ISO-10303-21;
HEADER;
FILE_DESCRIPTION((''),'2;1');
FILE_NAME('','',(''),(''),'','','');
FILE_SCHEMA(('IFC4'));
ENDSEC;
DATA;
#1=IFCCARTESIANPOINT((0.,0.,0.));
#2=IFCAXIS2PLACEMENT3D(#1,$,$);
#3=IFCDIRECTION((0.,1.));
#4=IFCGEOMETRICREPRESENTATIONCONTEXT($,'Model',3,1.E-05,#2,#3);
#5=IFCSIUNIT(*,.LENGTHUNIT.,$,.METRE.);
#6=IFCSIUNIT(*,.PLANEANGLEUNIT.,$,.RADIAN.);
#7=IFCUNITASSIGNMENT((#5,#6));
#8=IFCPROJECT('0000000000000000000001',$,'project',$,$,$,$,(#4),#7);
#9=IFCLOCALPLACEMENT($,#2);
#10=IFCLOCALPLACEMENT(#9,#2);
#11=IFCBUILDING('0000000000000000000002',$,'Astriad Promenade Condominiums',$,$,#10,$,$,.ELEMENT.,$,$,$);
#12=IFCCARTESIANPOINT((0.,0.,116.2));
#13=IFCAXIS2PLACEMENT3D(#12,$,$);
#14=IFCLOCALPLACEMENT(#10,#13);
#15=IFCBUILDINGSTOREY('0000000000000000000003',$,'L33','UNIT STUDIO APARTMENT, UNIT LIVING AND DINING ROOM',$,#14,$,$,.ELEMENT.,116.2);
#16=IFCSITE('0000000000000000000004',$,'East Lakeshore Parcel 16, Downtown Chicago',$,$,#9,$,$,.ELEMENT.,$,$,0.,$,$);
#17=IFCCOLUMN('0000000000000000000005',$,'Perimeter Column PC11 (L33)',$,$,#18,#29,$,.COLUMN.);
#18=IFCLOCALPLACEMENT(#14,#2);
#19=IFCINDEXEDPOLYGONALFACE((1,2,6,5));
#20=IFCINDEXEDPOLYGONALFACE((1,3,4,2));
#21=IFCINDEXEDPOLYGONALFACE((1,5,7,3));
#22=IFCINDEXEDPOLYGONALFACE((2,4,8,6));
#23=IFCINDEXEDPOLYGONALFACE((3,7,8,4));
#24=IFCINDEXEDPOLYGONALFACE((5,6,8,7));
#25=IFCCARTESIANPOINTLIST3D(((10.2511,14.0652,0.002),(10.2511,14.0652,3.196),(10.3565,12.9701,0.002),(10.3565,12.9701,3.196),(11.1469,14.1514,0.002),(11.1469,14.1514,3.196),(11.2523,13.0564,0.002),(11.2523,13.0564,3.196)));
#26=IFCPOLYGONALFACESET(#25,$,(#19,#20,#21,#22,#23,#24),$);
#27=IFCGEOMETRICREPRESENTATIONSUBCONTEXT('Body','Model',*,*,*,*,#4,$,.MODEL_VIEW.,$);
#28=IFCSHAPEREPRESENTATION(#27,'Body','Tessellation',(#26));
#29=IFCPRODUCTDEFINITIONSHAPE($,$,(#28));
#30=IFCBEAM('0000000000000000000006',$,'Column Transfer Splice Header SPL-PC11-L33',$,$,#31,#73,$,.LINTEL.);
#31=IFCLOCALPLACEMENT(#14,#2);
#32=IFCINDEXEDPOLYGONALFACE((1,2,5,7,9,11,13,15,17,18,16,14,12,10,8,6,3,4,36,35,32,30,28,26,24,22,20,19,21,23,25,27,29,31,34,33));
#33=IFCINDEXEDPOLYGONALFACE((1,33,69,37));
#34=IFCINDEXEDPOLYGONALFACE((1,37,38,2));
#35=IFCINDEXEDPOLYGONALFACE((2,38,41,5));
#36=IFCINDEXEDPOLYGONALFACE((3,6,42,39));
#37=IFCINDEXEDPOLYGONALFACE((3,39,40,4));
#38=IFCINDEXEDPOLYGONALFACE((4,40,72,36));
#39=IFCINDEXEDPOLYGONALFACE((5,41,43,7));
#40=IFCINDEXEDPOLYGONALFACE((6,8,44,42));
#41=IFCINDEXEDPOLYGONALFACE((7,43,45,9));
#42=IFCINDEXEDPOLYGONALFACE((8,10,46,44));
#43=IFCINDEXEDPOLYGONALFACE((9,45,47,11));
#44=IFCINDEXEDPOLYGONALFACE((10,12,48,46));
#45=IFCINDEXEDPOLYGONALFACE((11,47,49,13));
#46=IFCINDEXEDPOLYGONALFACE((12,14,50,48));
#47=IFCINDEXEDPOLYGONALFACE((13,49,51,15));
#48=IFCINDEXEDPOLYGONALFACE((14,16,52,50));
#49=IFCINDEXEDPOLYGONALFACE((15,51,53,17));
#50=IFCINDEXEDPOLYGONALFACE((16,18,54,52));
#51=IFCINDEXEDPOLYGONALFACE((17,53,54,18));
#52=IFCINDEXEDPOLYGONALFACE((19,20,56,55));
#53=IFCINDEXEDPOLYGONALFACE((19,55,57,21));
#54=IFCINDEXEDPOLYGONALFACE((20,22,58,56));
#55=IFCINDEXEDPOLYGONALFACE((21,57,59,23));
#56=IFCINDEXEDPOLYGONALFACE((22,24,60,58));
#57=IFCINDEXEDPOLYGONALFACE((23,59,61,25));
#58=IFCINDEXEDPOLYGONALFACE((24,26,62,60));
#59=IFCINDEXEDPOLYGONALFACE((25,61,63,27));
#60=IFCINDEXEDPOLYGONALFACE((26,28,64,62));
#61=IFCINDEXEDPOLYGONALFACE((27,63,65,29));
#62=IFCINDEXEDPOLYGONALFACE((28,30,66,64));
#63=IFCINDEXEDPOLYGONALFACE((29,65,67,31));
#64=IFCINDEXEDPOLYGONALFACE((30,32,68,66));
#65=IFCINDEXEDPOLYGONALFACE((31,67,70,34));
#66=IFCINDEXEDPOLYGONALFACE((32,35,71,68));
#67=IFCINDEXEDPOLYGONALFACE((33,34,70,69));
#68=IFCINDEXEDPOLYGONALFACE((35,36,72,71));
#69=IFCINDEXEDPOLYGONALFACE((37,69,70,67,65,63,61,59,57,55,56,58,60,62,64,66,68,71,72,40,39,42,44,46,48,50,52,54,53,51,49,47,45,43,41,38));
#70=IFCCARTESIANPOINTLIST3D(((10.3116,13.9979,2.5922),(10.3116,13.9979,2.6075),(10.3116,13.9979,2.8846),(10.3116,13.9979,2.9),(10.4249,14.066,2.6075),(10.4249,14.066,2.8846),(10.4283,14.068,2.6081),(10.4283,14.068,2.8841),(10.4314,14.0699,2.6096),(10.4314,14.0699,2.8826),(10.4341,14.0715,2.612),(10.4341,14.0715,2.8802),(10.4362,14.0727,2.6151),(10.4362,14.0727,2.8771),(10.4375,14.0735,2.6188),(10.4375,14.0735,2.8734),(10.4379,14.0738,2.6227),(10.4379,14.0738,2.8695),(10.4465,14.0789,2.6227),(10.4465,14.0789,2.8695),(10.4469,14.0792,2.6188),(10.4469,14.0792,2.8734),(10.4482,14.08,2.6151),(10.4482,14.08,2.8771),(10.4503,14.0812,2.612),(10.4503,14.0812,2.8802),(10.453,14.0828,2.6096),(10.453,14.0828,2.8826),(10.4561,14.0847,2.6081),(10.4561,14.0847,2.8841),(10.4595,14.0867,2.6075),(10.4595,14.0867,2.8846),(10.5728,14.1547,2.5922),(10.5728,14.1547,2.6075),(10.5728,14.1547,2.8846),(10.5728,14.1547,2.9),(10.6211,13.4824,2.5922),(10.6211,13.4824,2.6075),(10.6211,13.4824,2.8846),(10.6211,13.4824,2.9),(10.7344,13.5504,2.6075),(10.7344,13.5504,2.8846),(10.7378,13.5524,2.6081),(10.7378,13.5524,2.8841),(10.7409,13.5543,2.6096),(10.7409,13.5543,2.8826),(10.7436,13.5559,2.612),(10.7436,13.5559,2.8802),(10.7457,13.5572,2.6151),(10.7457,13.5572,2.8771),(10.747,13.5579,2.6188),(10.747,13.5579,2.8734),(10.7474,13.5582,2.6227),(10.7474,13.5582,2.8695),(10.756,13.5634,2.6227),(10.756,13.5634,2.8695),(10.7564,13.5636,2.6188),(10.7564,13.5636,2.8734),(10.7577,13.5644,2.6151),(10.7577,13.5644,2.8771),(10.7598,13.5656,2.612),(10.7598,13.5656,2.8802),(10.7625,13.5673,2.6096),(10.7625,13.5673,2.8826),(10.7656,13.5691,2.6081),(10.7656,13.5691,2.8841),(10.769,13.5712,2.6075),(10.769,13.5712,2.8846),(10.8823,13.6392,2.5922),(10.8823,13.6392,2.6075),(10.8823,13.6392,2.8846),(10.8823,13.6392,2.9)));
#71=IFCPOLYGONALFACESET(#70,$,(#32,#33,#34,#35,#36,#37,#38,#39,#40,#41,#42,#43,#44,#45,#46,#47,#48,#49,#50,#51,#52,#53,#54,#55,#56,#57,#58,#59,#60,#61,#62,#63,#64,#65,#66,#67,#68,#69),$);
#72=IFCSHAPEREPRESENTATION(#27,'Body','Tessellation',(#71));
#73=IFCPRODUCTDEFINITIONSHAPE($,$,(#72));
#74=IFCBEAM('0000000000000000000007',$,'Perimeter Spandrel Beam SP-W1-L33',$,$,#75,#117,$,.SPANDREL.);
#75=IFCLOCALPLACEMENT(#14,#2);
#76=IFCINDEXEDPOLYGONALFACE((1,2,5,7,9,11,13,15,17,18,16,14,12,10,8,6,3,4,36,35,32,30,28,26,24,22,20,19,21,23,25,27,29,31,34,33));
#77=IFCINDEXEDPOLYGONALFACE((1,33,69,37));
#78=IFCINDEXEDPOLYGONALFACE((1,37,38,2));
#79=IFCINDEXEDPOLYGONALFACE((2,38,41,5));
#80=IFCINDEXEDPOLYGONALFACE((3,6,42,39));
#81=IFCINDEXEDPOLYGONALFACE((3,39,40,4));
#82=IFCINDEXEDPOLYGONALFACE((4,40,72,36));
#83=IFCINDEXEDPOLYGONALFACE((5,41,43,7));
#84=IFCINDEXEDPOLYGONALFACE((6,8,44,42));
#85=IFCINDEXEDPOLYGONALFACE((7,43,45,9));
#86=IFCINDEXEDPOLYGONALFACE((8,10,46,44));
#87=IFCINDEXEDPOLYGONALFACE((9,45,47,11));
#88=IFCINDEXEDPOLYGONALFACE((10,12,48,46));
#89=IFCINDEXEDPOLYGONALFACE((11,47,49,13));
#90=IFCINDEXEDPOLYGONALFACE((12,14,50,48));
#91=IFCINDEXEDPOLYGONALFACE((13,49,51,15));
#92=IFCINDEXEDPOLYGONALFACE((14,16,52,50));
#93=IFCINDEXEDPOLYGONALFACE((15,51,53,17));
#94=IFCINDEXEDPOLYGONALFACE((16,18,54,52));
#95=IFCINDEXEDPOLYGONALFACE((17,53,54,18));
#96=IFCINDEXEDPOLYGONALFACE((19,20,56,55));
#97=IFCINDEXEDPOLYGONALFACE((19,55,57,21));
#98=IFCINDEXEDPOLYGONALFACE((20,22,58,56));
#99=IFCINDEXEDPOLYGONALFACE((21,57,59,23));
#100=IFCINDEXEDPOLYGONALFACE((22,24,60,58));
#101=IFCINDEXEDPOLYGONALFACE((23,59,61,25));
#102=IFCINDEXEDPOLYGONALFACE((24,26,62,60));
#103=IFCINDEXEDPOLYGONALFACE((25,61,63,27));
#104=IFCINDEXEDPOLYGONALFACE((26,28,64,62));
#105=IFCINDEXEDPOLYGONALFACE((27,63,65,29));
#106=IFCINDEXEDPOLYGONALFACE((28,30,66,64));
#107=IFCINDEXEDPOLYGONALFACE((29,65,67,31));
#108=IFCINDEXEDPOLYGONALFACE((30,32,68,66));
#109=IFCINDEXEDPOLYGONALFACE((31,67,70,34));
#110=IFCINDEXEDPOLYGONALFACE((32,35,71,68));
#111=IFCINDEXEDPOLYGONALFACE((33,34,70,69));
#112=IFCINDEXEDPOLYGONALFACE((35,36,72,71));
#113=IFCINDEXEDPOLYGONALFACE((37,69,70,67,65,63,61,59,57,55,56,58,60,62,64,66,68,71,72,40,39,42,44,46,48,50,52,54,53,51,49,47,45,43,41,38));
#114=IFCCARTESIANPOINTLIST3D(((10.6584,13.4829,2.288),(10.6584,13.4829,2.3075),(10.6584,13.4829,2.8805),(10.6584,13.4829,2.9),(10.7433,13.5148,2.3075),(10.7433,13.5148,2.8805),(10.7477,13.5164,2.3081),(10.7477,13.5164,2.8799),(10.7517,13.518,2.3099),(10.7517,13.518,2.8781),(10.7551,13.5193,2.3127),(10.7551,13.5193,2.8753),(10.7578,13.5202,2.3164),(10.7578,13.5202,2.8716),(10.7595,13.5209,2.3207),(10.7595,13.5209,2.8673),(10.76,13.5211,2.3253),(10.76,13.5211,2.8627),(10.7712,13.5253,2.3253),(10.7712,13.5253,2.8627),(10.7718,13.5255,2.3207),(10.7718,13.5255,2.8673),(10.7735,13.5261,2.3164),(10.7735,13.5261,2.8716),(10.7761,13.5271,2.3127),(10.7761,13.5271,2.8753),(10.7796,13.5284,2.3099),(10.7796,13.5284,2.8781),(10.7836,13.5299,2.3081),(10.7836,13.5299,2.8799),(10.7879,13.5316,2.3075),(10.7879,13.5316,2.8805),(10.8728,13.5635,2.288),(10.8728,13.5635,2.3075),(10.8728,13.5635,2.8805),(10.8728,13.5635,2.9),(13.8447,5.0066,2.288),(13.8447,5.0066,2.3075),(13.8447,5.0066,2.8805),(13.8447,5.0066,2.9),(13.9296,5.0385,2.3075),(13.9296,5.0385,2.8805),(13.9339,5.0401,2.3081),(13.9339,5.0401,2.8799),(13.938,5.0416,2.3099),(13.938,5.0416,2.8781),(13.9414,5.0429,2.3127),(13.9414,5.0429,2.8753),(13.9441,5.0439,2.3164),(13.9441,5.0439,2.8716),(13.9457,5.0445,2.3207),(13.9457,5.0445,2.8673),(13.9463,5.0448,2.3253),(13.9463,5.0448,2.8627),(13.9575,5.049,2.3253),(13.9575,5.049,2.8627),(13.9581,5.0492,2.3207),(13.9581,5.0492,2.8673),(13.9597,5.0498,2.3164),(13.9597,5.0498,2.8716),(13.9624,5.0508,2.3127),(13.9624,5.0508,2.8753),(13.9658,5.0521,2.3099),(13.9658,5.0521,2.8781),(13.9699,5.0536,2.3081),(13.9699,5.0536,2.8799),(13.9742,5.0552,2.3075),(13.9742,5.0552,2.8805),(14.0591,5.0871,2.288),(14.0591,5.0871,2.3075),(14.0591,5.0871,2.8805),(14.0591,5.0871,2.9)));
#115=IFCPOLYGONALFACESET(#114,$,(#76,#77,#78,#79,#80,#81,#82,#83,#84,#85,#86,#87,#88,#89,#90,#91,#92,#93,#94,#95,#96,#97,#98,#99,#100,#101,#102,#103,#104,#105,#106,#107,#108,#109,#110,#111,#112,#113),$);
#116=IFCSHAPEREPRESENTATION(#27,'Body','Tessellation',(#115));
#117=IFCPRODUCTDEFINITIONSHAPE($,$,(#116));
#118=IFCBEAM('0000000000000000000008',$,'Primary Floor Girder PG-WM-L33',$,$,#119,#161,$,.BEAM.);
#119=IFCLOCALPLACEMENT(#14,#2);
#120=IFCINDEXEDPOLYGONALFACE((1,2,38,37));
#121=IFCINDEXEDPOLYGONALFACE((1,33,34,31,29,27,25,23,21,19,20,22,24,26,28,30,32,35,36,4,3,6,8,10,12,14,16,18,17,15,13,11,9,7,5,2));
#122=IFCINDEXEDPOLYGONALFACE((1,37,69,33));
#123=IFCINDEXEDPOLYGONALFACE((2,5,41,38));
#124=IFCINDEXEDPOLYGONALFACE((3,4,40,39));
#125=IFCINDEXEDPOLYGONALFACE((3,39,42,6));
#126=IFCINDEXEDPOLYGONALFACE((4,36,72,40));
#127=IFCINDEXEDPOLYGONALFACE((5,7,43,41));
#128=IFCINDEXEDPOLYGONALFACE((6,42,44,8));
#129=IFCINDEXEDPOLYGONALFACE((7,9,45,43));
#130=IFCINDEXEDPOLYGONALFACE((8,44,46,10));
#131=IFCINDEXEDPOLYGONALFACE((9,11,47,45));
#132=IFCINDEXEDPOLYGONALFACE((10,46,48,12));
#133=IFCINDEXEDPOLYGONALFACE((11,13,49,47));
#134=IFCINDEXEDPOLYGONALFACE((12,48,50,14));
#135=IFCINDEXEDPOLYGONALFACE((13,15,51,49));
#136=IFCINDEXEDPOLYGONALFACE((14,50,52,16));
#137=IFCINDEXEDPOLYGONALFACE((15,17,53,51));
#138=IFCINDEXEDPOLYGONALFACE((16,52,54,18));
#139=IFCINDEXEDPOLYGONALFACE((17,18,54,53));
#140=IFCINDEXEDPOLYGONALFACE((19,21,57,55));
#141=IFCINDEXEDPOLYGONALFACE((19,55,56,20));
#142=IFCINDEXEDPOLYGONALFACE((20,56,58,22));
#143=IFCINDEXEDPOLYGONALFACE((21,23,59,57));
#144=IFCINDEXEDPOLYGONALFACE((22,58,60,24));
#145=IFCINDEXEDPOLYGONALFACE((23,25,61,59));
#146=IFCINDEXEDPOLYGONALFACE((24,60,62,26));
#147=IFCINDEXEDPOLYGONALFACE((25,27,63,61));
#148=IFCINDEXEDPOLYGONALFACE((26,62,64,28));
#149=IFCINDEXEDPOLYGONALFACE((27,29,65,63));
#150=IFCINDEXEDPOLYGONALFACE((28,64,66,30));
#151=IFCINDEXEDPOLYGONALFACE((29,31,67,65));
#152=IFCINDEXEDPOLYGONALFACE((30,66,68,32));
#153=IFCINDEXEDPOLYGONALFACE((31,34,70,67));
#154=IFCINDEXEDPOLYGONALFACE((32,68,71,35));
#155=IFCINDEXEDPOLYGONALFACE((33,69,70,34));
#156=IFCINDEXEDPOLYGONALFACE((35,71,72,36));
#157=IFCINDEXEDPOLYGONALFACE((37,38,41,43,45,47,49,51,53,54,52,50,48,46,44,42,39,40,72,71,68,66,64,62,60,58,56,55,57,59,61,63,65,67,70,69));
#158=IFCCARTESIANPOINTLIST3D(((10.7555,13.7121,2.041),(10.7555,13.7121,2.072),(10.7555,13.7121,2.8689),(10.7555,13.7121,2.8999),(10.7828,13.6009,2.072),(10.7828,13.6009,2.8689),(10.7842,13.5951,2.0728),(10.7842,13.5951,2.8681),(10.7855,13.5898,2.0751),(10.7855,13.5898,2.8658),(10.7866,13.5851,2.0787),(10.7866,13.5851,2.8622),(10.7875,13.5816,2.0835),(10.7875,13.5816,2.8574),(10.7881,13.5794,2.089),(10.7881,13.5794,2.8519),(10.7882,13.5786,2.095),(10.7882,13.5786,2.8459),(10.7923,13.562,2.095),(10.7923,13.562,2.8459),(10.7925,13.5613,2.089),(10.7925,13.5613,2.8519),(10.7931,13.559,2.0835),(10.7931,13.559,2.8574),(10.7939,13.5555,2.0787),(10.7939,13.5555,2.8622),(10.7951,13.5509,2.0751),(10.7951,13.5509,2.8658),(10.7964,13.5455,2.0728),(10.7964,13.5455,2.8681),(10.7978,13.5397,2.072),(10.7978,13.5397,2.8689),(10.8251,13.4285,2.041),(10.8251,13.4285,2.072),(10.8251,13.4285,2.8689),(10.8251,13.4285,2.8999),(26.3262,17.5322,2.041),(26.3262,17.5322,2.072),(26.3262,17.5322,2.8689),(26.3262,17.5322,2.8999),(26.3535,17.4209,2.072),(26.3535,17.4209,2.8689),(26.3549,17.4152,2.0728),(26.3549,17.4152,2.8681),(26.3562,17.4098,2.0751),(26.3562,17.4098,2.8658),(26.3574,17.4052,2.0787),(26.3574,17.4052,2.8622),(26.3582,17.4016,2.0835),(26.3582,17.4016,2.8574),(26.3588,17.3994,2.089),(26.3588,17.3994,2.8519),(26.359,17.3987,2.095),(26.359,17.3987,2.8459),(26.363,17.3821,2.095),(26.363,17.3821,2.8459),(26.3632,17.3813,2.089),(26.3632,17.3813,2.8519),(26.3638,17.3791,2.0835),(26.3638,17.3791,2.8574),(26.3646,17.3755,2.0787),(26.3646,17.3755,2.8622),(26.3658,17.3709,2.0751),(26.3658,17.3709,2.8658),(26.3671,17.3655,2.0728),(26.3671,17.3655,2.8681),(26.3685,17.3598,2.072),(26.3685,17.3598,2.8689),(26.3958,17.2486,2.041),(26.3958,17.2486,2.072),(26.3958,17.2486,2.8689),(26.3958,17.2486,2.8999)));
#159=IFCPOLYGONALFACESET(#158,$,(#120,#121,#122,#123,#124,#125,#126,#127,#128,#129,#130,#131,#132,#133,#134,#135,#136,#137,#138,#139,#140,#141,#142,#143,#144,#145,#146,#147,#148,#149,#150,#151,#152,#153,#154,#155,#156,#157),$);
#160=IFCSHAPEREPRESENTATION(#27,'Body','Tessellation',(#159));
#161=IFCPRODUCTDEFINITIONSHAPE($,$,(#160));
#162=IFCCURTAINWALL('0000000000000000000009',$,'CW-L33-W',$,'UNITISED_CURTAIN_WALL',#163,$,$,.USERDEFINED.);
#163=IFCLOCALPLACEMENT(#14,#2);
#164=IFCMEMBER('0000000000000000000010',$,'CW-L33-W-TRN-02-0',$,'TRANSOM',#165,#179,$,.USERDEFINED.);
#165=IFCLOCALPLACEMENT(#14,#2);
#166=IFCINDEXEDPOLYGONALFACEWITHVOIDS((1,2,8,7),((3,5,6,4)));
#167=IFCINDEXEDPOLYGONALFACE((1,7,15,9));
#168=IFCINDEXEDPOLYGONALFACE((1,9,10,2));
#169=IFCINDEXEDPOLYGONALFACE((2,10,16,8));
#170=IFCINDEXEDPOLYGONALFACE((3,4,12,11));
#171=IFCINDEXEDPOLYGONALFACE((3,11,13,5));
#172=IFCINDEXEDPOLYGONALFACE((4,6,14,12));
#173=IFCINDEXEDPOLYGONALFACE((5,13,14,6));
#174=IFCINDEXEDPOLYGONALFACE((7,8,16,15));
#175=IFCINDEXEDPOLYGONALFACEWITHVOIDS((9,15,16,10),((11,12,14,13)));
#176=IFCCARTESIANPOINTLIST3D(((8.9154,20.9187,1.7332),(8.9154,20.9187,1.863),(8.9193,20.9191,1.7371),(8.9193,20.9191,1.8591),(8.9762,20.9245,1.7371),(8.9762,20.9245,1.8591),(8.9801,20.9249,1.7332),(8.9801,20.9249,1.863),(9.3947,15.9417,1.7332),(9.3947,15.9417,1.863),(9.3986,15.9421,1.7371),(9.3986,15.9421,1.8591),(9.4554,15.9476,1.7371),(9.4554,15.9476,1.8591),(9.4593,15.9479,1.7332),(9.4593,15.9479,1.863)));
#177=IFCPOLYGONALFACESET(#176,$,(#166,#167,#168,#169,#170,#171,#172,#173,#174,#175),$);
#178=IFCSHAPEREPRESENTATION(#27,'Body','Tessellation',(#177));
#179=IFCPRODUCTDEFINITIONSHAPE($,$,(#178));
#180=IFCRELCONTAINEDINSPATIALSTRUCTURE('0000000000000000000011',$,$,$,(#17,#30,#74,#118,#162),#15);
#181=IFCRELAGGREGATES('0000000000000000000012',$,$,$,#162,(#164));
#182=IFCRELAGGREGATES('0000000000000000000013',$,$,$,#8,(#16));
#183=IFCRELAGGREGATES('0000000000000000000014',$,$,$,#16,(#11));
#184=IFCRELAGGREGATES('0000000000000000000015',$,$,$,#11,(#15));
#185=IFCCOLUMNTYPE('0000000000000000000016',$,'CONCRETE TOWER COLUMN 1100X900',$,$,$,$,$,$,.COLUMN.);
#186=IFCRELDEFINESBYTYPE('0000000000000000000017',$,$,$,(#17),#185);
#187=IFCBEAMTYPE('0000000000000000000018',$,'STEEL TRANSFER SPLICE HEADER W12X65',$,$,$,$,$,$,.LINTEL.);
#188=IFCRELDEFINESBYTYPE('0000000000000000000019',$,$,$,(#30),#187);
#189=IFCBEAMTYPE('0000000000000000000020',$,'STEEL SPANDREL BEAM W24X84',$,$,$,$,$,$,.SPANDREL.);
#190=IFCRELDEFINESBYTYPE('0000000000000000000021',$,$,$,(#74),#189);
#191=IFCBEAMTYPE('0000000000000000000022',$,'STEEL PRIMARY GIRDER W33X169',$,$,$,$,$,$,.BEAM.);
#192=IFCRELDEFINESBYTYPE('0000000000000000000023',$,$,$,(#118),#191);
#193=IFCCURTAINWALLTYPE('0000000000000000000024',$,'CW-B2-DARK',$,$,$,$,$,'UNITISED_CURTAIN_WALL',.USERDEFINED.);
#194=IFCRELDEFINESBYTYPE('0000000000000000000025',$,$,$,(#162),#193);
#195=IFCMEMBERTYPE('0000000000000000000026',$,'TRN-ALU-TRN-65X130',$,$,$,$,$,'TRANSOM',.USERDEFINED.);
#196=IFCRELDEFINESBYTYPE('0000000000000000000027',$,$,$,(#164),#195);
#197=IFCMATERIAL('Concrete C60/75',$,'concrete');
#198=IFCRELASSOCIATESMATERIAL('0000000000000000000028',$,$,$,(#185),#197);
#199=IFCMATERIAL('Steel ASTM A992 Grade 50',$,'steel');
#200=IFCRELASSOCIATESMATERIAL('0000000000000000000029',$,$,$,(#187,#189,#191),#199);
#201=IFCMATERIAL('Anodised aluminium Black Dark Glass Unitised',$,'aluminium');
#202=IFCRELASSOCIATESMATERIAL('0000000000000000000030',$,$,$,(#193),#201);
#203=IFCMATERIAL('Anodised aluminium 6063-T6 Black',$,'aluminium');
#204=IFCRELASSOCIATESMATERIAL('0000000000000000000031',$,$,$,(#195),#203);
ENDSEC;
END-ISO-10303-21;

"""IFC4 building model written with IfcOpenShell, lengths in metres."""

from ifc_helpers import new_model, si_unit, direction, frame, origin, origin_2d, place, context, subcontext, project, spatial, rectangle, hollow_rectangle, i_section, extrude, source, transform, mapped, material, material_profile, profile_set, type_object, type_shapes, element, aggregate, save


model = new_model("IFC4")

# Units and contexts
model_context = context("Model", 3, precision=1e-05, world=origin(), true_north=direction((0.0, 1.0)))
body_context = subcontext(model_context, "Body", "Model", "MODEL_VIEW")
ifc_project = project(units=[si_unit("LENGTHUNIT", "METRE"), si_unit("PLANEANGLEUNIT", "RADIAN")], contexts=[model_context])

# Site, building, storey
site_placement = place(None, origin())
site = spatial("IfcSite", under=ifc_project, at=site_placement, Name="East Lakeshore Parcel 16, Downtown Chicago", CompositionType="ELEMENT", RefElevation=0.0)
building_placement = place(site_placement, origin())
building = spatial("IfcBuilding", under=site, at=building_placement, Name="Astriad Promenade Condominiums", CompositionType="ELEMENT")
storey_placement = place(building_placement, frame((0.0, 0.0, 116.2)))
storey = spatial("IfcBuildingStorey", under=building, at=storey_placement, Name="L33", Description="UNIT STUDIO APARTMENT, UNIT LIVING AND DINING ROOM", CompositionType="ELEMENT", Elevation=116.2)

# Column
ifc_material_1 = material(Name="Concrete C60/75", Category="concrete")
ifc_material_profile_1 = material_profile(ifc_material_1, rectangle(XDim=0.8999, YDim=1.1001, at=origin_2d()), Name="RC-COL-1100X900")
ifc_profile_set_1 = profile_set([ifc_material_profile_1], Name="Concrete C60/75")
column_type = type_object("IfcColumnType", Name="CONCRETE TOWER COLUMN 1100X900", PredefinedType="COLUMN", material=ifc_profile_set_1)
shared_shape_1 = source(origin(), body_context, "Body", "SweptSolid", [
    extrude(rectangle(XDim=0.8999, YDim=1.1001, at=origin_2d()), origin(), (0.0, 0.0, 1.0), 3.1941),
])
type_shapes(column_type, [shared_shape_1])
column_placement = place(storey_placement, frame((10.7517, 13.5608, 0.002), z_axis=(0.0, 0.0, 1.0), x_axis=(0.995396, 0.095846, 0.0)))
element("IfcColumn", 1, at=column_placement, inside=storey, type_object=column_type, Name="Perimeter Column PC11 (L33)", PredefinedType="COLUMN", context=body_context, shape_type="MappedRepresentation", body=[
    mapped(shared_shape_1, transform((0.0, 0.0, 0.0), scale=1.0)),
])

# Beams
ifc_material_2 = material(Name="Steel ASTM A992 Grade 50", Category="steel")
ifc_material_profile_2 = material_profile(ifc_material_2, i_section(OverallWidth=0.3047, OverallDepth=0.3079, WebThickness=0.01, FlangeThickness=0.0154, FilletRadius=0.0151, at=origin_2d()), Name="W12X65")
ifc_profile_set_2 = profile_set([ifc_material_profile_2], Name="Steel ASTM A992 Grade 50")
beam_type_1 = type_object("IfcBeamType", Name="STEEL TRANSFER SPLICE HEADER W12X65", PredefinedType="LINTEL", material=ifc_profile_set_2)
shared_shape_2 = source(origin(), body_context, "Body", "SweptSolid", [
    extrude(i_section(OverallWidth=0.3047, OverallDepth=0.3079, WebThickness=0.01, FlangeThickness=0.0154, FilletRadius=0.0151, at=origin_2d()), origin(), (0.0, 0.0, 1.0), 0.6013),
])
type_shapes(beam_type_1, [shared_shape_2])
beam_1_placement = place(storey_placement, frame((10.7517, 13.5608, 2.7461), z_axis=(-0.514735, 0.85735, 0.0), x_axis=(-0.85735, -0.514735, 0.0)))
element("IfcBeam", 2, at=beam_1_placement, inside=storey, type_object=beam_type_1, Name="Column Transfer Splice Header SPL-PC11-L33", PredefinedType="LINTEL", context=body_context, shape_type="MappedRepresentation", body=[
    mapped(shared_shape_2, transform((0.0, 0.0, 0.0), scale=1.0)),
])
ifc_material_profile_3 = material_profile(ifc_material_2, i_section(OverallWidth=0.229, OverallDepth=0.6121, WebThickness=0.012, FlangeThickness=0.0195, FilletRadius=0.0178, at=origin_2d()), Name="W24X84")
ifc_profile_set_3 = profile_set([ifc_material_profile_3], Name="Steel ASTM A992 Grade 50")
beam_type_2 = type_object("IfcBeamType", Name="STEEL SPANDREL BEAM W24X84", PredefinedType="SPANDREL", material=ifc_profile_set_3)
shared_shape_3 = source(origin(), body_context, "Body", "SweptSolid", [
    extrude(i_section(OverallWidth=0.229, OverallDepth=0.6121, WebThickness=0.012, FlangeThickness=0.0195, FilletRadius=0.0178, at=origin_2d()), origin(), (0.0, 0.0, 1.0), 9.0554),
])
type_shapes(beam_type_2, [shared_shape_3])
beam_2_placement = place(storey_placement, frame((10.7656, 13.5232, 2.594), z_axis=(0.351865, -0.936051, 0.0), x_axis=(0.936051, 0.351865, 0.0)))
element("IfcBeam", 3, at=beam_2_placement, inside=storey, type_object=beam_type_2, Name="Perimeter Spandrel Beam SP-W1-L33", PredefinedType="SPANDREL", context=body_context, shape_type="MappedRepresentation", body=[
    mapped(shared_shape_3, transform((0.0, 0.0, 0.0), scale=1.0)),
])
ifc_material_profile_4 = material_profile(ifc_material_2, i_section(OverallWidth=0.292, OverallDepth=0.8589, WebThickness=0.0171, FlangeThickness=0.031, FilletRadius=0.0229, at=origin_2d()), Name="W33X169")
ifc_profile_set_4 = profile_set([ifc_material_profile_4], Name="Steel ASTM A992 Grade 50")
beam_type_3 = type_object("IfcBeamType", Name="STEEL PRIMARY GIRDER W33X169", PredefinedType="BEAM", material=ifc_profile_set_4)
shared_shape_4 = source(origin(), body_context, "Body", "SweptSolid", [
    extrude(i_section(OverallWidth=0.292, OverallDepth=0.8589, WebThickness=0.0171, FlangeThickness=0.031, FilletRadius=0.0229, at=origin_2d()), origin(), (0.0, 0.0, 1.0), 16.0325),
])
type_shapes(beam_type_3, [shared_shape_4])
beam_3_placement = place(storey_placement, frame((10.7903, 13.5703, 2.4705), z_axis=(0.971199, 0.238269, 0.0), x_axis=(-0.238269, 0.971199, 0.0)))
element("IfcBeam", 4, at=beam_3_placement, inside=storey, type_object=beam_type_3, Name="Primary Floor Girder PG-WM-L33", PredefinedType="BEAM", context=body_context, shape_type="MappedRepresentation", body=[
    mapped(shared_shape_4, transform((0.0, 0.0, 0.0), scale=1.0)),
])

# Curtain wall, member
ifc_material_3 = material(Name="Anodised aluminium Black Dark Glass Unitised", Category="aluminium")
curtain_wall_type = type_object("IfcCurtainWallType", Name="CW-B2-DARK", ElementType="UNITISED_CURTAIN_WALL", PredefinedType="USERDEFINED", material=ifc_material_3)
curtain_wall_placement = place(storey_placement, origin())
curtain_wall = element("IfcCurtainWall", 5, at=curtain_wall_placement, inside=storey, type_object=curtain_wall_type, Name="CW-L33-W", ObjectType="UNITISED_CURTAIN_WALL", PredefinedType="USERDEFINED")
ifc_material_4 = material(Name="Anodised aluminium 6063-T6 Black", Category="aluminium")
ifc_material_profile_5 = material_profile(ifc_material_4, hollow_rectangle(XDim=0.0649, YDim=0.1299, WallThickness=0.0039, at=origin_2d()), Name="ALU-TRN-65X130")
ifc_profile_set_5 = profile_set([ifc_material_profile_5], Name="Anodised aluminium 6063-T6 Black")
member_type_1 = type_object("IfcMemberType", Name="TRN-ALU-TRN-65X130", ElementType="TRANSOM", PredefinedType="USERDEFINED", material=ifc_profile_set_5)
shared_shape_5 = source(origin(), body_context, "Body", "SweptSolid", [
    extrude(hollow_rectangle(XDim=0.0649, YDim=0.1299, WallThickness=0.0039, at=origin_2d()), origin(), (0.0, 0.0, 1.0), 5.0),
])
type_shapes(member_type_1, [shared_shape_5])
member_1_placement = place(storey_placement, frame((9.427, 15.9448, 1.7981), z_axis=(-0.095848, 0.995396, 0.0), x_axis=(-0.995396, -0.095848, 0.0)))
member_1 = element("IfcMember", 6, at=member_1_placement, type_object=member_type_1, Name="CW-L33-W-TRN-02-0", ObjectType="TRANSOM", PredefinedType="USERDEFINED", context=body_context, shape_type="MappedRepresentation", body=[
    mapped(shared_shape_5, transform((0.0, 0.0, 0.0), scale=1.0)),
])
aggregate(curtain_wall, [member_1])

save(model, "model.ifc")
